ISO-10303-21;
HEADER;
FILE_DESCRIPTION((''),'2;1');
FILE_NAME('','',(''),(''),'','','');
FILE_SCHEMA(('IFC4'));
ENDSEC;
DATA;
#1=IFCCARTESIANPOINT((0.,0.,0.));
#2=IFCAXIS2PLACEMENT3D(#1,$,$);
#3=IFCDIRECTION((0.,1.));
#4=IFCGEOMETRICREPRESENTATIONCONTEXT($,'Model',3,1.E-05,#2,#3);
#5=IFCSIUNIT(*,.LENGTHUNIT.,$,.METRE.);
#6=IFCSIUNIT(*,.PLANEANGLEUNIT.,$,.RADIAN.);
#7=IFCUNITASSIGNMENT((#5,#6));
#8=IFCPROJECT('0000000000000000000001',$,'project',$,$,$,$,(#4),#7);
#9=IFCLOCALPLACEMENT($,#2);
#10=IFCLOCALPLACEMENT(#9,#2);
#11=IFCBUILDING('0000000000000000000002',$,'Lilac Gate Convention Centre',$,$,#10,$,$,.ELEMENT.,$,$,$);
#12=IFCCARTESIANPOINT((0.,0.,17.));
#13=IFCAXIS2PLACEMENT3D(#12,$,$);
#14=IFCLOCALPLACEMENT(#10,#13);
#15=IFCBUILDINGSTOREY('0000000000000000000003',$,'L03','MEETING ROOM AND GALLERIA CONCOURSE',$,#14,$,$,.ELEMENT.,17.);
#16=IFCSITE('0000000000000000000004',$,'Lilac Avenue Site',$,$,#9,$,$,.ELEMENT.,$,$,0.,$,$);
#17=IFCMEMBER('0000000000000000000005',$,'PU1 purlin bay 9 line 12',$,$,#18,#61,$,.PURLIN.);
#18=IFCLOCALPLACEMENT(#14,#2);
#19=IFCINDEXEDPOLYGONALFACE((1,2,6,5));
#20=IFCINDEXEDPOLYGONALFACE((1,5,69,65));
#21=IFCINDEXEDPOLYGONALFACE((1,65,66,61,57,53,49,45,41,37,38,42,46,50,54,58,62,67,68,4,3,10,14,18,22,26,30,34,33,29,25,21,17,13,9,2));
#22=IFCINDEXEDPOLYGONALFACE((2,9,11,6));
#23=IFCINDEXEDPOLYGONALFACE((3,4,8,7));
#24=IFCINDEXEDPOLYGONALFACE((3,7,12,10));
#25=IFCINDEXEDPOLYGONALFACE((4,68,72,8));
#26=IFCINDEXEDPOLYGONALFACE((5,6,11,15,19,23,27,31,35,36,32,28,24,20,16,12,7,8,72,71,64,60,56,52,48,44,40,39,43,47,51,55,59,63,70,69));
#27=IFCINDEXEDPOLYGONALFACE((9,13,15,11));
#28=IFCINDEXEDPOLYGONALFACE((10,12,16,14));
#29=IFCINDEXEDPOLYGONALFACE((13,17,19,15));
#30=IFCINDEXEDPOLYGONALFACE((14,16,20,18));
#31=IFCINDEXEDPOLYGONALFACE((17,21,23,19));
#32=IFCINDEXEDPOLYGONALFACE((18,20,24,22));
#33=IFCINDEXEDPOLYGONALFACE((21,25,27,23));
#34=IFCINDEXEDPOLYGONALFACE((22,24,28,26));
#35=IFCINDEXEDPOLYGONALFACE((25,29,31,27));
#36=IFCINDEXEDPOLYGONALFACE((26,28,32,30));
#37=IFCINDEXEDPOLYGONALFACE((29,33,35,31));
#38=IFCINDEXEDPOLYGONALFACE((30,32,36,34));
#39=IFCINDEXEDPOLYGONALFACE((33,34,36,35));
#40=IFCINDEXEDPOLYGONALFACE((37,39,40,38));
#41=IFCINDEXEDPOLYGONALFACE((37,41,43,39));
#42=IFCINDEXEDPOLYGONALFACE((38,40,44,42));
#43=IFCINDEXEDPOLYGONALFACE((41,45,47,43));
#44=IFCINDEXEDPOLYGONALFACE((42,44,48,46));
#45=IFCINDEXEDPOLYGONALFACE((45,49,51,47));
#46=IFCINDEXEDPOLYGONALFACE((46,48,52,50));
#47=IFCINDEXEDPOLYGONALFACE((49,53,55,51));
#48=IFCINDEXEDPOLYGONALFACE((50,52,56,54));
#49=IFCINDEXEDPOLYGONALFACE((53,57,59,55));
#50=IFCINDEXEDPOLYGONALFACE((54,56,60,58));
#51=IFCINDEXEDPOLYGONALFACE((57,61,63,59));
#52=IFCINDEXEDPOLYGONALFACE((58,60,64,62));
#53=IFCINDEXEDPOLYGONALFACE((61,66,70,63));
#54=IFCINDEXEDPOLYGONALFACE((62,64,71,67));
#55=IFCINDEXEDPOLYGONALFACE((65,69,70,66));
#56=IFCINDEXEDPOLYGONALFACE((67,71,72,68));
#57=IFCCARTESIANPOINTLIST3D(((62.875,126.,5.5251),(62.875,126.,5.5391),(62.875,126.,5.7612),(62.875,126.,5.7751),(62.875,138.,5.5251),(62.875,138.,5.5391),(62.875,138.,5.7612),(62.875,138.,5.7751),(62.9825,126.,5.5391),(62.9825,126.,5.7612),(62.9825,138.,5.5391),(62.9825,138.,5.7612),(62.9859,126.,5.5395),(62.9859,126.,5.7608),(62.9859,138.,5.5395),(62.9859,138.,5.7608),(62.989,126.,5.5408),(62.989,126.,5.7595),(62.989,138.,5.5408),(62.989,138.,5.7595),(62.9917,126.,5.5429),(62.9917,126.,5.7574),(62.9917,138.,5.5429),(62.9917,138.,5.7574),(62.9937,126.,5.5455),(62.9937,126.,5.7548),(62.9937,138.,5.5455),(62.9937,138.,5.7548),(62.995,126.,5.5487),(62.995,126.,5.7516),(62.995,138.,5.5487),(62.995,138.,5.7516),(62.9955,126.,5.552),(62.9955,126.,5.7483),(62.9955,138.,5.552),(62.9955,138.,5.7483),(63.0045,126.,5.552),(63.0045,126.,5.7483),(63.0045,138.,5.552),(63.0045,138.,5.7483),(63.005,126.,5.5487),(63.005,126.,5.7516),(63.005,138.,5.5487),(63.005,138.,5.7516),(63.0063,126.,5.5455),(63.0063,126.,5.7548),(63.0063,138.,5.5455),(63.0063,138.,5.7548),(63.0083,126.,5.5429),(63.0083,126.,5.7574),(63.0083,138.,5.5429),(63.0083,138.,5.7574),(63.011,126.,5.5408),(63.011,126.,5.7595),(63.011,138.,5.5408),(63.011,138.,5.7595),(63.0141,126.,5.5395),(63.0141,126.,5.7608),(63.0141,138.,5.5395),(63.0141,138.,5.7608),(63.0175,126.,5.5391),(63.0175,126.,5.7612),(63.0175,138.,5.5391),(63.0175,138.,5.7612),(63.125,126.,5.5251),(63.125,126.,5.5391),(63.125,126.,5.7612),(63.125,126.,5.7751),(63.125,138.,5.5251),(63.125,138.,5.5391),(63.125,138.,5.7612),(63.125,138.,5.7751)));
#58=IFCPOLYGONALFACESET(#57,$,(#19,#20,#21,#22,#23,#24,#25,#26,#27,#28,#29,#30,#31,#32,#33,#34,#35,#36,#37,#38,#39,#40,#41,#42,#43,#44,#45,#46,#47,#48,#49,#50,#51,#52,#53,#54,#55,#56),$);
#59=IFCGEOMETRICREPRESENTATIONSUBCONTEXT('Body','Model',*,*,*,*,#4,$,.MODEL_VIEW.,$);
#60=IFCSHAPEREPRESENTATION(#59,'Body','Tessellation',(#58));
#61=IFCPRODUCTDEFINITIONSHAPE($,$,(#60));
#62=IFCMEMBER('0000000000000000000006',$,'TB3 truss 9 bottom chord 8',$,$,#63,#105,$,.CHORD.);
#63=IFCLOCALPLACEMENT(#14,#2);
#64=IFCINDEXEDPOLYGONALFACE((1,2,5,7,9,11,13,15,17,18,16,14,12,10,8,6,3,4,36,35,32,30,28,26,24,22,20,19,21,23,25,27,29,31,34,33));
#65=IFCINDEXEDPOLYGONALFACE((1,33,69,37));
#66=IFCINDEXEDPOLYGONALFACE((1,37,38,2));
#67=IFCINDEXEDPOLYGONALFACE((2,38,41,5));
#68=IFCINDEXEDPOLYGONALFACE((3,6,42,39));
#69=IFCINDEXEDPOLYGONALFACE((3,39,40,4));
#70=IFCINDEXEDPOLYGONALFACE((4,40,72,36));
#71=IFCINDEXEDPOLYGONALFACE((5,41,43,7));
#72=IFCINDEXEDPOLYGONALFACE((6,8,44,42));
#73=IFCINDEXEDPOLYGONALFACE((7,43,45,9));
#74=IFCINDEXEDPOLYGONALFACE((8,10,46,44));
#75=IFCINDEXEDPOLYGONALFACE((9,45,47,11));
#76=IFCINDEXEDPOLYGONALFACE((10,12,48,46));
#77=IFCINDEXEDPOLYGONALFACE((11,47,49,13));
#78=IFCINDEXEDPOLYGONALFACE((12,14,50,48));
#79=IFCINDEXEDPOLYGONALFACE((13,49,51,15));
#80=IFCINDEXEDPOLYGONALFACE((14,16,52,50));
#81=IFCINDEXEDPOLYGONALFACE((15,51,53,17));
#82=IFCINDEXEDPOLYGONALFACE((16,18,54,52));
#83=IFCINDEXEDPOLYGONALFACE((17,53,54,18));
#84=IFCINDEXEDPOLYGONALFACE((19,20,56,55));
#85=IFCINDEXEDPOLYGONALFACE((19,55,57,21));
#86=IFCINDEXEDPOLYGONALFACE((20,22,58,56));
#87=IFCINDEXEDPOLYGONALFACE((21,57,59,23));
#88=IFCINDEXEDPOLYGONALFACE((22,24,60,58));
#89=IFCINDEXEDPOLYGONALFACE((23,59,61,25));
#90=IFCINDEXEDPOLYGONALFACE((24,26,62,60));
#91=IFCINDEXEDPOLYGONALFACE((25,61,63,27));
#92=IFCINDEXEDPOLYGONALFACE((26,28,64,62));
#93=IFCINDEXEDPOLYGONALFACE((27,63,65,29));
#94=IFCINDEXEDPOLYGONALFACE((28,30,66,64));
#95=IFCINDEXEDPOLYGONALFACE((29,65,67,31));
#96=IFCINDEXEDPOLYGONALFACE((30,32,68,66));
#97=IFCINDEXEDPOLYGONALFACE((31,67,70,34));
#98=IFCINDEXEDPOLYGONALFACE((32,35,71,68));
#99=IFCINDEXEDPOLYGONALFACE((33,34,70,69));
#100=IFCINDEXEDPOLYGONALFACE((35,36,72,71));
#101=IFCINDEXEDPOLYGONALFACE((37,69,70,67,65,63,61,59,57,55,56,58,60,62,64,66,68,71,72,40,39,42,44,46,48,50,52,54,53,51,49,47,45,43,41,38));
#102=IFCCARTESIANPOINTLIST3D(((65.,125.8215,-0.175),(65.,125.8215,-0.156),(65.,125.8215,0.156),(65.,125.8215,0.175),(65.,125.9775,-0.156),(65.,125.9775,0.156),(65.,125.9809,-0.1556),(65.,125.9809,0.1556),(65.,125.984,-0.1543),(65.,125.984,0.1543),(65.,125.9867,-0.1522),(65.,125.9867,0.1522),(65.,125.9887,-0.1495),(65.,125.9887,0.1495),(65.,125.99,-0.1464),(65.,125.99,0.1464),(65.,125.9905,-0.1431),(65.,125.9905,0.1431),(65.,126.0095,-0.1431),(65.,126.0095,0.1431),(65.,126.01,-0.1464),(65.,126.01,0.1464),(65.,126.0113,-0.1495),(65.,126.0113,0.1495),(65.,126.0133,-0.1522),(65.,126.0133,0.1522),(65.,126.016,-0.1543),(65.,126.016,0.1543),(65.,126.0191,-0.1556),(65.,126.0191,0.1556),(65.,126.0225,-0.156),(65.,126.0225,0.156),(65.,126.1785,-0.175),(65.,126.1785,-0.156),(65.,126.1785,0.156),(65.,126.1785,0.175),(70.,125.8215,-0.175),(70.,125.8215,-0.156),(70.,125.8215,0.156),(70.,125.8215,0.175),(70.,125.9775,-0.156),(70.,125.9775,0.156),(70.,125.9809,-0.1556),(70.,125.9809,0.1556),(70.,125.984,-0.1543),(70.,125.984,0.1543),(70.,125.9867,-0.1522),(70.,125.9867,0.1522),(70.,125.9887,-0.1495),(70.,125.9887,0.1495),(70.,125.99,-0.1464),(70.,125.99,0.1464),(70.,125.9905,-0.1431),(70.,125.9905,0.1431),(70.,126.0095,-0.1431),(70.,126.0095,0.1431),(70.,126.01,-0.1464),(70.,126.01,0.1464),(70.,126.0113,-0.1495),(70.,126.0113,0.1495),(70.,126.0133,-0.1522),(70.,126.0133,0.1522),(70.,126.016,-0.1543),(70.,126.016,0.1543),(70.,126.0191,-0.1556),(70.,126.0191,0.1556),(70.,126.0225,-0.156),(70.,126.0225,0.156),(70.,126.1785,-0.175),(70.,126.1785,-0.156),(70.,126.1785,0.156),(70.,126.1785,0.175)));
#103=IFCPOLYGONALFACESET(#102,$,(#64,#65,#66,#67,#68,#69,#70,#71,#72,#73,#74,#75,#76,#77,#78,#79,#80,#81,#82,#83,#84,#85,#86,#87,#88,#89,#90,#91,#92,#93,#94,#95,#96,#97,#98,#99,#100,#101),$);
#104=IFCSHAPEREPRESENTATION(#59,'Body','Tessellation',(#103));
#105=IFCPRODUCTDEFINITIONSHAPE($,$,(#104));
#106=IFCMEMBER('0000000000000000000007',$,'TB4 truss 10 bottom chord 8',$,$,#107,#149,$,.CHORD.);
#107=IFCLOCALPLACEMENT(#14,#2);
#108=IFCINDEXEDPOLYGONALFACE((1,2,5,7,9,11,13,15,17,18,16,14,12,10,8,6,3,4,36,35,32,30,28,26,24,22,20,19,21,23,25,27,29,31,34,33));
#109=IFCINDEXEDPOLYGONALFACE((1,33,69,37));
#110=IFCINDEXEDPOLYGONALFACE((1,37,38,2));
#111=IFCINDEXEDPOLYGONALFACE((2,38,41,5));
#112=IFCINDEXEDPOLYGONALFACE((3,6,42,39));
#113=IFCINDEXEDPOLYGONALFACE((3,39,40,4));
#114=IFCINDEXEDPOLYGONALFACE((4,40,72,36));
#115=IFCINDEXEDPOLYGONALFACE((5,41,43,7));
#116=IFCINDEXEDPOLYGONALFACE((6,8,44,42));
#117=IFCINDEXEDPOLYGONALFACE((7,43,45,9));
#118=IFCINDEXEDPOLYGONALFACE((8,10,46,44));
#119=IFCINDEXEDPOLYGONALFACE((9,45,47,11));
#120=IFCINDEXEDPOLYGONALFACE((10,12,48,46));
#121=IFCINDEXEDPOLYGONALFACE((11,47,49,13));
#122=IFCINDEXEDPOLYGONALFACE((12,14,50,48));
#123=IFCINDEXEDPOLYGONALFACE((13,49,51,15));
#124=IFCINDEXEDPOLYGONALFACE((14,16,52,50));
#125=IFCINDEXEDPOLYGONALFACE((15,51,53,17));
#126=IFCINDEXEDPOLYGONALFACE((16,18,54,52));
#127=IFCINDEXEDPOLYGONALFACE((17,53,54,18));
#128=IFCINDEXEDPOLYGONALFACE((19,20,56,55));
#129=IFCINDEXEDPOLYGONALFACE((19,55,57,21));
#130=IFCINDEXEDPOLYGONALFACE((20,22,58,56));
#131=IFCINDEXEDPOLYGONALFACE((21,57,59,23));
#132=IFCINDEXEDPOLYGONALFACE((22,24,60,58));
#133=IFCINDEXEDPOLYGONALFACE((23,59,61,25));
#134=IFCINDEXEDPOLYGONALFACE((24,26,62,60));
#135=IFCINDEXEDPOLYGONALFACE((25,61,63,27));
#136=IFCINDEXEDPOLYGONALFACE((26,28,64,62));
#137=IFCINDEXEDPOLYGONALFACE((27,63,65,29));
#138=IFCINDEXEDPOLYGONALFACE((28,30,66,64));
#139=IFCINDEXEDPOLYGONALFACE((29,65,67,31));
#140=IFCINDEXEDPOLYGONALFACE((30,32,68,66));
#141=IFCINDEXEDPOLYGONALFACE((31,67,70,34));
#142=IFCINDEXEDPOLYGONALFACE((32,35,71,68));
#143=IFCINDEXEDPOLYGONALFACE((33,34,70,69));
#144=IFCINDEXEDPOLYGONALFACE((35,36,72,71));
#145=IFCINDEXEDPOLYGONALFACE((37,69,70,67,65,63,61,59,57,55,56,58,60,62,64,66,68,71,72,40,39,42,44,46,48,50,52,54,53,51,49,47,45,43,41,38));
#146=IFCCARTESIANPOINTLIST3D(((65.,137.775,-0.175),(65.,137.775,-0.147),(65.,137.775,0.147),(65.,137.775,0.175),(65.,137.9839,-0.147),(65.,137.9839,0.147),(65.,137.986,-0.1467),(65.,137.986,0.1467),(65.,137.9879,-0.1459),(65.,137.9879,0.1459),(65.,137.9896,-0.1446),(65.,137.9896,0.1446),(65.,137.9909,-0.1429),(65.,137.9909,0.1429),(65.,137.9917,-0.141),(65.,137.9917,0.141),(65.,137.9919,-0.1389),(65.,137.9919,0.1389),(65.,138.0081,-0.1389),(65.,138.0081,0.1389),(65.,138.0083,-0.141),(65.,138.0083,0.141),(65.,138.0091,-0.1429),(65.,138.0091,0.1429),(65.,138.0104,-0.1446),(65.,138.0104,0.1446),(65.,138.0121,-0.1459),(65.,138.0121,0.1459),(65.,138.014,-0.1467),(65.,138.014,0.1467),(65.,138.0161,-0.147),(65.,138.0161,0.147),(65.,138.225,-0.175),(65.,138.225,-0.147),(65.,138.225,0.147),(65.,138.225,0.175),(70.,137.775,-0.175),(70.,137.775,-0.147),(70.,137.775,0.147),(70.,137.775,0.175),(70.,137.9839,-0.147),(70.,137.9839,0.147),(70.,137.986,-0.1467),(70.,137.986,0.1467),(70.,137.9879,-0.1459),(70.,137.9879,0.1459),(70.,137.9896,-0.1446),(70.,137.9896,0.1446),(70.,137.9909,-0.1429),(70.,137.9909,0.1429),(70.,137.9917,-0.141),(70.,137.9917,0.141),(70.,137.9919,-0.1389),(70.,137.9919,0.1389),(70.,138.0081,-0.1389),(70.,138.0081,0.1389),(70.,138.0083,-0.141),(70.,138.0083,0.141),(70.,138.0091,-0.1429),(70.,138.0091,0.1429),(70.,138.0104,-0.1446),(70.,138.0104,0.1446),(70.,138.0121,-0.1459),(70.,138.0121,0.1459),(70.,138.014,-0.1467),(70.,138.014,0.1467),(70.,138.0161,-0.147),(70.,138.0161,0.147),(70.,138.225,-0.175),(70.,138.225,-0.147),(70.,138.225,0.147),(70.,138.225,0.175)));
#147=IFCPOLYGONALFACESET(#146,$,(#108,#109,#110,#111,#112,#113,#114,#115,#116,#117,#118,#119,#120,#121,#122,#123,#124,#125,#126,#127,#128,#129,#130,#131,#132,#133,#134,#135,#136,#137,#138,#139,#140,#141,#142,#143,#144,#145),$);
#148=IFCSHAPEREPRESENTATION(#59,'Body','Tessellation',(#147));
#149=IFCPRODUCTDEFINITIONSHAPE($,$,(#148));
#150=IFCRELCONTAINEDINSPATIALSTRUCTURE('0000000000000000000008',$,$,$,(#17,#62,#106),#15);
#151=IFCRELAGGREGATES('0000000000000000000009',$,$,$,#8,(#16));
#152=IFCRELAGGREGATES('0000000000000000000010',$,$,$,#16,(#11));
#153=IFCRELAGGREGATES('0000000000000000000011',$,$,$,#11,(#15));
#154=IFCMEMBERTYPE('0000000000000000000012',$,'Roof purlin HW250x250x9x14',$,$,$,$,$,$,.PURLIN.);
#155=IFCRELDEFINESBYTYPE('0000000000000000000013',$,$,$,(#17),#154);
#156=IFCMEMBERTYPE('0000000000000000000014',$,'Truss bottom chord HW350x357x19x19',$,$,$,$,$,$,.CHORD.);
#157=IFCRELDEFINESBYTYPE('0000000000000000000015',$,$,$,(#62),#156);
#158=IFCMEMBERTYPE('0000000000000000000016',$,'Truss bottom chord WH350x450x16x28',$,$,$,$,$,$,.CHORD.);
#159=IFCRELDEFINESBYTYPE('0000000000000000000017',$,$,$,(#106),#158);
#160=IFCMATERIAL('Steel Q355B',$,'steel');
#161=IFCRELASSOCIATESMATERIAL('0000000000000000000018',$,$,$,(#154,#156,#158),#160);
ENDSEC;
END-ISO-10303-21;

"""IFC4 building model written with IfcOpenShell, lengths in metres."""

from ifc_helpers import new_model, si_unit, direction, frame, origin, origin_2d, place, context, subcontext, project, spatial, i_section, extrude, material, material_profile, profile_set, type_object, element, save


model = new_model("IFC4")

# Units and contexts
model_context = context("Model", 3, precision=1e-05, world=origin(), true_north=direction((0.0, 1.0)))
body_context = subcontext(model_context, "Body", "Model", "MODEL_VIEW")
ifc_project = project(units=[si_unit("LENGTHUNIT", "METRE"), si_unit("PLANEANGLEUNIT", "RADIAN")], contexts=[model_context])

# Site, building, storey
site_placement = place(None, origin())
site = spatial("IfcSite", under=ifc_project, at=site_placement, Name="Lilac Avenue Site", CompositionType="ELEMENT", RefElevation=0.0)
building_placement = place(site_placement, origin())
building = spatial("IfcBuilding", under=site, at=building_placement, Name="Lilac Gate Convention Centre", CompositionType="ELEMENT")
storey_placement = place(building_placement, frame((0.0, 0.0, 17.0)))
storey = spatial("IfcBuildingStorey", under=building, at=storey_placement, Name="L03", Description="MEETING ROOM AND GALLERIA CONCOURSE", CompositionType="ELEMENT", Elevation=17.0)

# Members
ifc_material = material(Name="Steel Q355B", Category="steel")
ifc_material_profile_1 = material_profile(ifc_material, i_section(OverallWidth=0.25, OverallDepth=0.25, WebThickness=0.009, FlangeThickness=0.0139, FilletRadius=0.0129, at=origin_2d()), Name="HW250x250x9x14")
ifc_profile_set_1 = profile_set([ifc_material_profile_1], Name="Steel Q355B")
member_type_1 = type_object("IfcMemberType", Name="Roof purlin HW250x250x9x14", PredefinedType="PURLIN", material=ifc_profile_set_1)
member_1_placement = place(storey_placement, frame((63.0, 126.0, 5.6501), z_axis=(0.0, 1.0, 0.0), x_axis=(-1.0, 0.0, 0.0)))
element("IfcMember", 1, at=member_1_placement, inside=storey, type_object=member_type_1, Name="PU1 purlin bay 9 line 12", PredefinedType="PURLIN", context=body_context, shape_type="SweptSolid", body=[
    extrude(i_section(OverallWidth=0.25, OverallDepth=0.25, WebThickness=0.009, FlangeThickness=0.0139, FilletRadius=0.0129, at=origin_2d()), origin(), (0.0, 0.0, 1.0), 12.0),
])
ifc_material_profile_2 = material_profile(ifc_material, i_section(OverallWidth=0.3569, OverallDepth=0.3501, WebThickness=0.019, FlangeThickness=0.019, FilletRadius=0.0129, at=origin_2d()), Name="HW350x357x19x19")
ifc_profile_set_2 = profile_set([ifc_material_profile_2], Name="Steel Q355B")
member_type_2 = type_object("IfcMemberType", Name="Truss bottom chord HW350x357x19x19", PredefinedType="CHORD", material=ifc_profile_set_2)
member_2_placement = place(storey_placement, frame((65.0, 126.0, 0.0), z_axis=(1.0, 0.0, 0.0), x_axis=(0.0, 1.0, 0.0)))
element("IfcMember", 2, at=member_2_placement, inside=storey, type_object=member_type_2, Name="TB3 truss 9 bottom chord 8", PredefinedType="CHORD", context=body_context, shape_type="SweptSolid", body=[
    extrude(i_section(OverallWidth=0.3569, OverallDepth=0.3501, WebThickness=0.019, FlangeThickness=0.019, FilletRadius=0.0129, at=origin_2d()), origin(), (0.0, 0.0, 1.0), 5.0),
])
ifc_material_profile_3 = material_profile(ifc_material, i_section(OverallWidth=0.45, OverallDepth=0.3501, WebThickness=0.0161, FlangeThickness=0.0281, FilletRadius=0.0081, at=origin_2d()), Name="WH350x450x16x28")
ifc_profile_set_3 = profile_set([ifc_material_profile_3], Name="Steel Q355B")
member_type_3 = type_object("IfcMemberType", Name="Truss bottom chord WH350x450x16x28", PredefinedType="CHORD", material=ifc_profile_set_3)
member_3_placement = place(storey_placement, frame((65.0, 138.0, 0.0), z_axis=(1.0, 0.0, 0.0), x_axis=(0.0, 1.0, 0.0)))
element("IfcMember", 3, at=member_3_placement, inside=storey, type_object=member_type_3, Name="TB4 truss 10 bottom chord 8", PredefinedType="CHORD", context=body_context, shape_type="SweptSolid", body=[
    extrude(i_section(OverallWidth=0.45, OverallDepth=0.3501, WebThickness=0.0161, FlangeThickness=0.0281, FilletRadius=0.0081, at=origin_2d()), origin(), (0.0, 0.0, 1.0), 5.0),
])

save(model, "model.ifc")
